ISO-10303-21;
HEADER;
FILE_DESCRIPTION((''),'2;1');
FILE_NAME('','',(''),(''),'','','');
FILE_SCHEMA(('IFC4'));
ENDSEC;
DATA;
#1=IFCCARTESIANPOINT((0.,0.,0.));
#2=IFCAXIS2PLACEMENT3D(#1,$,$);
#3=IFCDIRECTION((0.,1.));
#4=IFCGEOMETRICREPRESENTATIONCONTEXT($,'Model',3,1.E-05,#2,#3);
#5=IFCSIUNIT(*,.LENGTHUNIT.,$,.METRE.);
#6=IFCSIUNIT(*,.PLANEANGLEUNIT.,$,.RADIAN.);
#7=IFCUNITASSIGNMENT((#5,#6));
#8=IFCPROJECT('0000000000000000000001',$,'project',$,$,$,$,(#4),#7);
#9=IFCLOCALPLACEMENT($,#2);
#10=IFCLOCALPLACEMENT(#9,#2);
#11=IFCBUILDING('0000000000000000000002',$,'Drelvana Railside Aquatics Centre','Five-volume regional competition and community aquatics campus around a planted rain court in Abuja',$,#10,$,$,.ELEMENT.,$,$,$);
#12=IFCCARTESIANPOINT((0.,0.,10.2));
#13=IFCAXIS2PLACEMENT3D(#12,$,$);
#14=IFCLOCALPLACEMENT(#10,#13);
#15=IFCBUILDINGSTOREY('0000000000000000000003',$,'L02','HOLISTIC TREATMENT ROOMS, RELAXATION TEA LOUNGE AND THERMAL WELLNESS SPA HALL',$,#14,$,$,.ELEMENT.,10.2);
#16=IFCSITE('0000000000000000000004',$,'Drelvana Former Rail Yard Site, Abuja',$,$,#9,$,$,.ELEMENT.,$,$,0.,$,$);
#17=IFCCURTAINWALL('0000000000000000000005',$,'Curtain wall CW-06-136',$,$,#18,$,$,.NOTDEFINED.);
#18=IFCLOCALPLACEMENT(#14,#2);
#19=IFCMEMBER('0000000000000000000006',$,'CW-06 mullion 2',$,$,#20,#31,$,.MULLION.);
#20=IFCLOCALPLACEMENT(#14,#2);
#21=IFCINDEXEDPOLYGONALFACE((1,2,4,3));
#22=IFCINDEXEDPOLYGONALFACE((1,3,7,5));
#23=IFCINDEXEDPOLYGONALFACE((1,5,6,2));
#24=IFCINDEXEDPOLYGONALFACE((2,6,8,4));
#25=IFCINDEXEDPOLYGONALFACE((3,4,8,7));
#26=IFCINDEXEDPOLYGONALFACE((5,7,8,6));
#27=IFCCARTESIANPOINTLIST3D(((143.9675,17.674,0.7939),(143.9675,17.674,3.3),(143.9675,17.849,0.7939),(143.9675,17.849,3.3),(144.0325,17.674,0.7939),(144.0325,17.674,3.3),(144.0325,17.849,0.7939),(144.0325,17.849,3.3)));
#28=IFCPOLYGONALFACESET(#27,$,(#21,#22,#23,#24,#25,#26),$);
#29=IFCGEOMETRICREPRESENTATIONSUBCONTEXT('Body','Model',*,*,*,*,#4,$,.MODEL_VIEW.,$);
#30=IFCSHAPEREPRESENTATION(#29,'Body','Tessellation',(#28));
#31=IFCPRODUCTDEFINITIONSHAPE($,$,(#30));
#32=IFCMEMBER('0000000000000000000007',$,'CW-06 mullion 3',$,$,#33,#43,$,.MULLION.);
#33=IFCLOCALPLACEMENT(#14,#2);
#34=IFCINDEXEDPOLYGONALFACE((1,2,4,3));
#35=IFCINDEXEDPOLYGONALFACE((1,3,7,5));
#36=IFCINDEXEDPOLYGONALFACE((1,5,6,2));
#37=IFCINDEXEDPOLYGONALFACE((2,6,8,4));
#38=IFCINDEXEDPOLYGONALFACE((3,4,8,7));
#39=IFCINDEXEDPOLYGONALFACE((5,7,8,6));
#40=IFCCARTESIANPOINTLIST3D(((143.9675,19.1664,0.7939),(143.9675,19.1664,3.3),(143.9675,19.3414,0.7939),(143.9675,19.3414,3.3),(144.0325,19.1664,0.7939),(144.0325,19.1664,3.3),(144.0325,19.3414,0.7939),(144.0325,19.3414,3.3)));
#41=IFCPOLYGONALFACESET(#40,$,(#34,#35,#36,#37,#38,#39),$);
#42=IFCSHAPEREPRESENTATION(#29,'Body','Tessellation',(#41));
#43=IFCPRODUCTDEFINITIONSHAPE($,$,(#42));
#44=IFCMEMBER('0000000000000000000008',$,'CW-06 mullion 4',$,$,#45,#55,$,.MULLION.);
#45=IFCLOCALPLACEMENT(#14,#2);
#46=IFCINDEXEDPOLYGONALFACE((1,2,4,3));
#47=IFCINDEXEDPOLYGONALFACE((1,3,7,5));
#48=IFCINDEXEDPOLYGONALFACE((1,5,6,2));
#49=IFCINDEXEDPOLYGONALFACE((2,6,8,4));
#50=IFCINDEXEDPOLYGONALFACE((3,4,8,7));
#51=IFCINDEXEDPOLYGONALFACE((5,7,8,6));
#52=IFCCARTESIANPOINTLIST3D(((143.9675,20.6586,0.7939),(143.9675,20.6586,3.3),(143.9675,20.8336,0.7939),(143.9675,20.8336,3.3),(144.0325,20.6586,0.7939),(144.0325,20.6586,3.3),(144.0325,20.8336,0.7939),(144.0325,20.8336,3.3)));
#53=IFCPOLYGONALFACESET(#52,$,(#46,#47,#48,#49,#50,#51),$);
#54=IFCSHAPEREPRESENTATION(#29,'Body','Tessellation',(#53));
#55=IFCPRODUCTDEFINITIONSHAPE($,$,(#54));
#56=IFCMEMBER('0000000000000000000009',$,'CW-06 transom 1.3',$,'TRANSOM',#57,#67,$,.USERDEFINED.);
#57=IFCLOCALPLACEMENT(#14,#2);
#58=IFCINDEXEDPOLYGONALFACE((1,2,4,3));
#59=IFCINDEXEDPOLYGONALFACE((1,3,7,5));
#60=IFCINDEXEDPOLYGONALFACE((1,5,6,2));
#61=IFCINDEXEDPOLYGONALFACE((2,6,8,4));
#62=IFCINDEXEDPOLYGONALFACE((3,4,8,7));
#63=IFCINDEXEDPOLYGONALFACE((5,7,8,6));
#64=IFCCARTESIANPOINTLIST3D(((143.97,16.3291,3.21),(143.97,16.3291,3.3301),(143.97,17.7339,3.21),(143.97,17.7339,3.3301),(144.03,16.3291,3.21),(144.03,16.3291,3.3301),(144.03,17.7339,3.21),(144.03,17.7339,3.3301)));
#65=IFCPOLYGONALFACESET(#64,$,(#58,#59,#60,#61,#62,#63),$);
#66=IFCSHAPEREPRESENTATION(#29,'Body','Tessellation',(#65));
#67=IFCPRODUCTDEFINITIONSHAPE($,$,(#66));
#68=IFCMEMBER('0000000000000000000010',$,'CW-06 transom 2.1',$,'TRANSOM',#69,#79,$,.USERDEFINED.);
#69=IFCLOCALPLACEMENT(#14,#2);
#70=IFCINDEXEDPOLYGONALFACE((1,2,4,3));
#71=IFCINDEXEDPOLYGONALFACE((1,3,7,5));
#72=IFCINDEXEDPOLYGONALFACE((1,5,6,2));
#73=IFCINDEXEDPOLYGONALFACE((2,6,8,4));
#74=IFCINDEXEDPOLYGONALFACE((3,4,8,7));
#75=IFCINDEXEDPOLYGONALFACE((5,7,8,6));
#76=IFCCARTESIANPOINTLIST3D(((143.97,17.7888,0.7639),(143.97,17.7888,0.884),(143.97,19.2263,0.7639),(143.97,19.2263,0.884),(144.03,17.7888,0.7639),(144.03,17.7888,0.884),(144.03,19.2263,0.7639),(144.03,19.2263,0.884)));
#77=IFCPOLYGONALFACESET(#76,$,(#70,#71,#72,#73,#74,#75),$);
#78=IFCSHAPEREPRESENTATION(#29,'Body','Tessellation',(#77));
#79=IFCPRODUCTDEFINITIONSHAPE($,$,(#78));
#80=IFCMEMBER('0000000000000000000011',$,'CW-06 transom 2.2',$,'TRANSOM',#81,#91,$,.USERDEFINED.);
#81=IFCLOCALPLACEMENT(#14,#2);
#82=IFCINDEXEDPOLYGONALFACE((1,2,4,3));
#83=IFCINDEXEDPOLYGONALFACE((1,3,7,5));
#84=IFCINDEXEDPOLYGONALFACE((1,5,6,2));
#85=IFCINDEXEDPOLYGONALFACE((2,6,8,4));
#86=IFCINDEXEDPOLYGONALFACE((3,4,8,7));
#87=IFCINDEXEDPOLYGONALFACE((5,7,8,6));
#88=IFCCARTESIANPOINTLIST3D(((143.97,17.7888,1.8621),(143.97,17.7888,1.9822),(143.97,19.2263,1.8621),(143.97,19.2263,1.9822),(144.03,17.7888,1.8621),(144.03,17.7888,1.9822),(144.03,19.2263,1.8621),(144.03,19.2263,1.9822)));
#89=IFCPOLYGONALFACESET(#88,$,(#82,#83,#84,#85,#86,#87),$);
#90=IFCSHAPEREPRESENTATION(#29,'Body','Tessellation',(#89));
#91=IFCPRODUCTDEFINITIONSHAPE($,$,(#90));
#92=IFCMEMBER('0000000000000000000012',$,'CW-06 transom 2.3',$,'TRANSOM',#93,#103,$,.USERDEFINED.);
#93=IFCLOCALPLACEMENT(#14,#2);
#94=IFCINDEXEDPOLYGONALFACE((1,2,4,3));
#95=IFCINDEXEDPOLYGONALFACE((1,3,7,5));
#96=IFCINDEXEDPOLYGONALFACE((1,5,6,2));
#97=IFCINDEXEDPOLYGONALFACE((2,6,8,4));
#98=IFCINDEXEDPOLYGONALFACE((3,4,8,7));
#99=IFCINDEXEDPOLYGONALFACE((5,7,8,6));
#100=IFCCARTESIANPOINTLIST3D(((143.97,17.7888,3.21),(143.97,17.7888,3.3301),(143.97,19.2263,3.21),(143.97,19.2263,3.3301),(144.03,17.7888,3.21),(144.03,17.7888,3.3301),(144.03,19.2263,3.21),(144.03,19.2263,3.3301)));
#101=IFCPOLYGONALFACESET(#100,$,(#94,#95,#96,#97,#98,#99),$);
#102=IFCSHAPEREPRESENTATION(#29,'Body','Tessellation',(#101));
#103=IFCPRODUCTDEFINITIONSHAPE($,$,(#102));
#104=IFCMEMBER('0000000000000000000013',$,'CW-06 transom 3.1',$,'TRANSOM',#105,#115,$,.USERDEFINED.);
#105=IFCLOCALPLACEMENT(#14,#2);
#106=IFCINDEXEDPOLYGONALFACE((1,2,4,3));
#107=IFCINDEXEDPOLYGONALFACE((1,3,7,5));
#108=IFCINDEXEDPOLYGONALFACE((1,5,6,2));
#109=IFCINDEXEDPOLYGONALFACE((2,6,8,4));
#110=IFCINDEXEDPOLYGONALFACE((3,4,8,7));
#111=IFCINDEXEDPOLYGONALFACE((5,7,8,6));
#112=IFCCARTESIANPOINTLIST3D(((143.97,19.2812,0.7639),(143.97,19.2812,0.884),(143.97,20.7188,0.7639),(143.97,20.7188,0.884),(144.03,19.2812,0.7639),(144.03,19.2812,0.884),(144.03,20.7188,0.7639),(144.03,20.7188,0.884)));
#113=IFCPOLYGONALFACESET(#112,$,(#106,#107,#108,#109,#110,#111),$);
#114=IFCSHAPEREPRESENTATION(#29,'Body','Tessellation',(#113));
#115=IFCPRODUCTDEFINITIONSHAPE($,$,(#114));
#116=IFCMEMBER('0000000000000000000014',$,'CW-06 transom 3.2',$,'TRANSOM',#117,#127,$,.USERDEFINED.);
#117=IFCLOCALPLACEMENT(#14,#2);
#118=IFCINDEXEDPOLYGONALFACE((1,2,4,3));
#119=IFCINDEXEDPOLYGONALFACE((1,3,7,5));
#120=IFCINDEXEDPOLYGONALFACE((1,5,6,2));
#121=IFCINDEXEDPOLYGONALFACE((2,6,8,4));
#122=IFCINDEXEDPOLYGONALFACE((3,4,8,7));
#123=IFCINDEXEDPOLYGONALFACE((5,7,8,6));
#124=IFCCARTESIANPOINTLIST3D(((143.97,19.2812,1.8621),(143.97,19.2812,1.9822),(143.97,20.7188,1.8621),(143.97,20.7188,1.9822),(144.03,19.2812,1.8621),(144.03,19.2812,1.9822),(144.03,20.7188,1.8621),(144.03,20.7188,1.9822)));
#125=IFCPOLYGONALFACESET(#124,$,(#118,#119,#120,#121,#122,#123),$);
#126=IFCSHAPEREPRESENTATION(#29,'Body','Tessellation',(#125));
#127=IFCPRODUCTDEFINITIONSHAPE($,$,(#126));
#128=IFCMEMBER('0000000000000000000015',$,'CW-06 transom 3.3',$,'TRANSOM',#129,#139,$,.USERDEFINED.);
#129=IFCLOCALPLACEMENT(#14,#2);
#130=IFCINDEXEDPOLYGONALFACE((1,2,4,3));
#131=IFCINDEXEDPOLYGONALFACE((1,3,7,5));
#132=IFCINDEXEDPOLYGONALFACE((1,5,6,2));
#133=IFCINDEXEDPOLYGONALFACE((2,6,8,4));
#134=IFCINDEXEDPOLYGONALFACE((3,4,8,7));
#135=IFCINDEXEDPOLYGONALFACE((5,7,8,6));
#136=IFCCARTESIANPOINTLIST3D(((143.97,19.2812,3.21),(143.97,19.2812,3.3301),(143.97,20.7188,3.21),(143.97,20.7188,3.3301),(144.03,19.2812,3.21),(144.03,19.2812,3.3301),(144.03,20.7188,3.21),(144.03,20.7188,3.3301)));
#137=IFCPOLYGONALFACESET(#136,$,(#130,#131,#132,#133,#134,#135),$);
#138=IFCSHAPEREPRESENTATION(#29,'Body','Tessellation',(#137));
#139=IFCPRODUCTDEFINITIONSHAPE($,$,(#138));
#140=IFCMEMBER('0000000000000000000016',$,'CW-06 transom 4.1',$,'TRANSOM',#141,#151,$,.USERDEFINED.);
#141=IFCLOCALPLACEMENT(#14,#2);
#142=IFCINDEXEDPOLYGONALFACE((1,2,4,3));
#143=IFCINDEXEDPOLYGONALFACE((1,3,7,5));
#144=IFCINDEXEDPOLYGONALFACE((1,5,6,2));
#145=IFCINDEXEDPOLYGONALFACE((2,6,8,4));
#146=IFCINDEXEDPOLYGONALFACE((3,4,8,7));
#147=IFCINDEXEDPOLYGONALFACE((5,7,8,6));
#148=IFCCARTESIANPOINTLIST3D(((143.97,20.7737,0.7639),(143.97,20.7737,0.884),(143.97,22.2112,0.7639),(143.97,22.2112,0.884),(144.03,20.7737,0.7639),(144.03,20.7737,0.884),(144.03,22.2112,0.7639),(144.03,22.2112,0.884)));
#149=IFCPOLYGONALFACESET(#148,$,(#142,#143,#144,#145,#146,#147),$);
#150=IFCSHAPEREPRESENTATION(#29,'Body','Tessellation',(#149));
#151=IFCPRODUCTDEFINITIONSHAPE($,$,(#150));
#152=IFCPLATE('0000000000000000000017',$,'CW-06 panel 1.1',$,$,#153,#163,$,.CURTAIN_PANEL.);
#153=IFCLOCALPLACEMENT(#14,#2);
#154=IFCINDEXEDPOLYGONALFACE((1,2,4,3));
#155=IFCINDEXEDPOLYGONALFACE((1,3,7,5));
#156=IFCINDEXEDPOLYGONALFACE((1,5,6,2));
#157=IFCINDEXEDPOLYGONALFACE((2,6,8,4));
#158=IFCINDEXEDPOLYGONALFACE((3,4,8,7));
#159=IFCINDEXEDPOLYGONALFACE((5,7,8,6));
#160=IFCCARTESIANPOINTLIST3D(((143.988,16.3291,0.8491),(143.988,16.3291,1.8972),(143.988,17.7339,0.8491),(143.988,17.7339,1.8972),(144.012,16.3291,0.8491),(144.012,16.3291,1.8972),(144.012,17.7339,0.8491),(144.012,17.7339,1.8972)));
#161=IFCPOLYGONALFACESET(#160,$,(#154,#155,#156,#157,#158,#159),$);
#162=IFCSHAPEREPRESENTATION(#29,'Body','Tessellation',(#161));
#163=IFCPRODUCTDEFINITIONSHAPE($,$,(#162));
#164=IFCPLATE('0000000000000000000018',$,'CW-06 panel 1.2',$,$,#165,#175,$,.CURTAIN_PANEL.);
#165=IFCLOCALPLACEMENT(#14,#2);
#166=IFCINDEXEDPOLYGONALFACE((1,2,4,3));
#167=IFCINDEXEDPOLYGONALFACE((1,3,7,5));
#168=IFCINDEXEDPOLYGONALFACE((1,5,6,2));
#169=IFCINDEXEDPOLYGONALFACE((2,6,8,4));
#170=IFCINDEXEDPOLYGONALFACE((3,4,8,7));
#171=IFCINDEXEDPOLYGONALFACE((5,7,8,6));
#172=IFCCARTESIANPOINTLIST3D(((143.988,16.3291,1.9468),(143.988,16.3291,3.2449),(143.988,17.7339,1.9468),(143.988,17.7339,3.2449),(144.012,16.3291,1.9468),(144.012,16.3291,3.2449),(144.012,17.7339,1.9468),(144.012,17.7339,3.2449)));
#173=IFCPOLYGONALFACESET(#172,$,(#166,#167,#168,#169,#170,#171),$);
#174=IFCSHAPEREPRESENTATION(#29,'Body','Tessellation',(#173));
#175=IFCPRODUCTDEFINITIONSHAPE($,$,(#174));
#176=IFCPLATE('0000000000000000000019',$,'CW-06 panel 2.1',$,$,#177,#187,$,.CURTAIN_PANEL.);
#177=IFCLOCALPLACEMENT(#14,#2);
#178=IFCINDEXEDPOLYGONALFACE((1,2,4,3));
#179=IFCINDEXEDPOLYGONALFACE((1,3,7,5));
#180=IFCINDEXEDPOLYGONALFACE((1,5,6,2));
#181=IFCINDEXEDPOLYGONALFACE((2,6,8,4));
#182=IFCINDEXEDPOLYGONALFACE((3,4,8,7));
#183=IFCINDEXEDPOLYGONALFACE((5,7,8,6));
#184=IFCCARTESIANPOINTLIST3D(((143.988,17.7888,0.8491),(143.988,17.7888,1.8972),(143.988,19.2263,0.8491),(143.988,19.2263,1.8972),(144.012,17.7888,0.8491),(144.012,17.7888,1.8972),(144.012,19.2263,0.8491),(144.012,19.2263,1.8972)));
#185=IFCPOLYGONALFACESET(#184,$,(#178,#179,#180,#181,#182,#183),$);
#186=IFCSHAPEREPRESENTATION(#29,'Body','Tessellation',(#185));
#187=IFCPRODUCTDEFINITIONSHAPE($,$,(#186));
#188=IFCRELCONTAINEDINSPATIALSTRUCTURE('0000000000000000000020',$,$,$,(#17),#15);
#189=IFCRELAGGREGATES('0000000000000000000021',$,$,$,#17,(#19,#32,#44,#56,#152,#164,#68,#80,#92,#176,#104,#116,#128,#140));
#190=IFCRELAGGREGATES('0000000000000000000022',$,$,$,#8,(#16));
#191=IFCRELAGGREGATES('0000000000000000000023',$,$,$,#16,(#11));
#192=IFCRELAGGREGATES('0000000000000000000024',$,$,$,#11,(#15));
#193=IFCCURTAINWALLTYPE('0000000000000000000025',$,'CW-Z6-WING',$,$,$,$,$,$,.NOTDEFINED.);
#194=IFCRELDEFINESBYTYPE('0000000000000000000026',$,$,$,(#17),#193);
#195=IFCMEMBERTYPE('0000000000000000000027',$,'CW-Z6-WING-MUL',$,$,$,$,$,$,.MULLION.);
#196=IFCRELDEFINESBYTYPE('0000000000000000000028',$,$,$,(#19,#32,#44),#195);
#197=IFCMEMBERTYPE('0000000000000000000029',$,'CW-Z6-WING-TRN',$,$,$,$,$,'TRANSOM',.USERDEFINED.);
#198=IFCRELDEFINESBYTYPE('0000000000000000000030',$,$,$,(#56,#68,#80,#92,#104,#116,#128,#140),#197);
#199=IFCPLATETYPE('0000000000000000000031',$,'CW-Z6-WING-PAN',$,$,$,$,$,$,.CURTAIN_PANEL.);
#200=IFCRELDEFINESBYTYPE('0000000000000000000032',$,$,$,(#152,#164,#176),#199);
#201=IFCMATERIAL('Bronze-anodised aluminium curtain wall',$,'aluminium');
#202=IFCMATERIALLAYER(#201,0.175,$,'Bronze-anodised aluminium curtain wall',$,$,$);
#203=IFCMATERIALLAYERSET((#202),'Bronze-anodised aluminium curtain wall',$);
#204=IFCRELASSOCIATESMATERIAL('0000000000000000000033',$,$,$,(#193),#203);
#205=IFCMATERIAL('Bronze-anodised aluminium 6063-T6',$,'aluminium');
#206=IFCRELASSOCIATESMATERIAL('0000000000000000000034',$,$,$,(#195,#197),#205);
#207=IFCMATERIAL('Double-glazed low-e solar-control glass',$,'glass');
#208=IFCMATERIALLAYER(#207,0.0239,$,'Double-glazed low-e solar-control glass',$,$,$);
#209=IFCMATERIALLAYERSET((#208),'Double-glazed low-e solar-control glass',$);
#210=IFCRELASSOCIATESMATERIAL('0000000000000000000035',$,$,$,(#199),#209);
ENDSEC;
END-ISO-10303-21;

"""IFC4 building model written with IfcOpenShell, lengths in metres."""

from ifc_helpers import new_model, si_unit, direction, frame, origin, origin_2d, place, context, subcontext, project, spatial, rectangle, extrude, material, layer, layer_set, material_profile, profile_set, type_object, element, aggregate, save


model = new_model("IFC4")

# Units and contexts
model_context = context("Model", 3, precision=1e-05, world=origin(), true_north=direction((0.0, 1.0)))
body_context = subcontext(model_context, "Body", "Model", "MODEL_VIEW")
ifc_project = project(units=[si_unit("LENGTHUNIT", "METRE"), si_unit("PLANEANGLEUNIT", "RADIAN")], contexts=[model_context])

# Site, building, storey
site_placement = place(None, origin())
site = spatial("IfcSite", under=ifc_project, at=site_placement, Name="Drelvana Former Rail Yard Site, Abuja", CompositionType="ELEMENT", RefElevation=0.0)
building_placement = place(site_placement, origin())
building = spatial("IfcBuilding", under=site, at=building_placement, Name="Drelvana Railside Aquatics Centre", Description="Five-volume regional competition and community aquatics campus around a planted rain court in Abuja", CompositionType="ELEMENT")
storey_placement = place(building_placement, frame((0.0, 0.0, 10.2)))
storey = spatial("IfcBuildingStorey", under=building, at=storey_placement, Name="L02", Description="HOLISTIC TREATMENT ROOMS, RELAXATION TEA LOUNGE AND THERMAL WELLNESS SPA HALL", CompositionType="ELEMENT", Elevation=10.2)

# Curtain wall, members, plates
ifc_material_1 = material(Name="Bronze-anodised aluminium curtain wall", Category="aluminium")
ifc_layer_1 = layer(ifc_material_1, 0.175, Name="Bronze-anodised aluminium curtain wall")
ifc_layer_set_1 = layer_set([ifc_layer_1], Name="Bronze-anodised aluminium curtain wall")
curtain_wall_type = type_object("IfcCurtainWallType", Name="CW-Z6-WING", PredefinedType="NOTDEFINED", material=ifc_layer_set_1)
curtain_wall_placement = place(storey_placement, origin())
curtain_wall = element("IfcCurtainWall", 1, at=curtain_wall_placement, inside=storey, type_object=curtain_wall_type, Name="Curtain wall CW-06-136", PredefinedType="NOTDEFINED")
ifc_material_2 = material(Name="Bronze-anodised aluminium 6063-T6", Category="aluminium")
ifc_material_profile_1 = material_profile(ifc_material_2, rectangle(XDim=0.0649, YDim=0.175, at=origin_2d()), Name="ALU-M 65x175")
ifc_profile_set_1 = profile_set([ifc_material_profile_1], Name="Bronze-anodised aluminium 6063-T6")
member_type_1 = type_object("IfcMemberType", Name="CW-Z6-WING-MUL", PredefinedType="MULLION", material=ifc_profile_set_1)
member_1_placement = place(storey_placement, frame((144.0, 17.7615, 0.7939), z_axis=(0.0, 0.0, 1.0), x_axis=(-1.0, 0.0, 0.0)))
member_1 = element("IfcMember", 2, at=member_1_placement, type_object=member_type_1, Name="CW-06 mullion 2", PredefinedType="MULLION", context=body_context, shape_type="SweptSolid", body=[
    extrude(rectangle(XDim=0.0649, YDim=0.175, at=origin_2d()), origin(), (0.0, 0.0, 1.0), 2.5061),
])
member_2_placement = place(storey_placement, frame((144.0, 19.2539, 0.7939), z_axis=(0.0, 0.0, 1.0), x_axis=(-1.0, 0.0, 0.0)))
member_2 = element("IfcMember", 3, at=member_2_placement, type_object=member_type_1, Name="CW-06 mullion 3", PredefinedType="MULLION", context=body_context, shape_type="SweptSolid", body=[
    extrude(rectangle(XDim=0.0649, YDim=0.175, at=origin_2d()), origin(), (0.0, 0.0, 1.0), 2.5061),
])
member_3_placement = place(storey_placement, frame((144.0, 20.7461, 0.7939), z_axis=(0.0, 0.0, 1.0), x_axis=(-1.0, 0.0, 0.0)))
member_3 = element("IfcMember", 4, at=member_3_placement, type_object=member_type_1, Name="CW-06 mullion 4", PredefinedType="MULLION", context=body_context, shape_type="SweptSolid", body=[
    extrude(rectangle(XDim=0.0649, YDim=0.175, at=origin_2d()), origin(), (0.0, 0.0, 1.0), 2.5061),
])
ifc_material_profile_2 = material_profile(ifc_material_2, rectangle(XDim=0.1201, YDim=0.0601, at=origin_2d()), Name="ALU-T 60x120")
ifc_profile_set_2 = profile_set([ifc_material_profile_2], Name="Bronze-anodised aluminium 6063-T6")
member_type_2 = type_object("IfcMemberType", Name="CW-Z6-WING-TRN", ElementType="TRANSOM", PredefinedType="USERDEFINED", material=ifc_profile_set_2)
member_4_placement = place(storey_placement, frame((144.0, 16.3291, 3.27), z_axis=(0.0, 1.0, 0.0), x_axis=(0.0, 0.0, 1.0)))
member_4 = element("IfcMember", 5, at=member_4_placement, type_object=member_type_2, Name="CW-06 transom 1.3", ObjectType="TRANSOM", PredefinedType="USERDEFINED", context=body_context, shape_type="SweptSolid", body=[
    extrude(rectangle(XDim=0.1201, YDim=0.0601, at=origin_2d()), origin(), (0.0, 0.0, 1.0), 1.4048),
])
member_5_placement = place(storey_placement, frame((144.0, 17.7888, 0.824), z_axis=(0.0, 1.0, 0.0), x_axis=(0.0, 0.0, 1.0)))
member_5 = element("IfcMember", 6, at=member_5_placement, type_object=member_type_2, Name="CW-06 transom 2.1", ObjectType="TRANSOM", PredefinedType="USERDEFINED", context=body_context, shape_type="SweptSolid", body=[
    extrude(rectangle(XDim=0.1201, YDim=0.0601, at=origin_2d()), origin(), (0.0, 0.0, 1.0), 1.4375),
])
member_6_placement = place(storey_placement, frame((144.0, 17.7888, 1.9221), z_axis=(0.0, 1.0, 0.0), x_axis=(0.0, 0.0, 1.0)))
member_6 = element("IfcMember", 7, at=member_6_placement, type_object=member_type_2, Name="CW-06 transom 2.2", ObjectType="TRANSOM", PredefinedType="USERDEFINED", context=body_context, shape_type="SweptSolid", body=[
    extrude(rectangle(XDim=0.1201, YDim=0.0601, at=origin_2d()), origin(), (0.0, 0.0, 1.0), 1.4375),
])
member_7_placement = place(storey_placement, frame((144.0, 17.7888, 3.27), z_axis=(0.0, 1.0, 0.0), x_axis=(0.0, 0.0, 1.0)))
member_7 = element("IfcMember", 8, at=member_7_placement, type_object=member_type_2, Name="CW-06 transom 2.3", ObjectType="TRANSOM", PredefinedType="USERDEFINED", context=body_context, shape_type="SweptSolid", body=[
    extrude(rectangle(XDim=0.1201, YDim=0.0601, at=origin_2d()), origin(), (0.0, 0.0, 1.0), 1.4375),
])
member_8_placement = place(storey_placement, frame((144.0, 19.2812, 0.824), z_axis=(0.0, 1.0, 0.0), x_axis=(0.0, 0.0, 1.0)))
member_8 = element("IfcMember", 9, at=member_8_placement, type_object=member_type_2, Name="CW-06 transom 3.1", ObjectType="TRANSOM", PredefinedType="USERDEFINED", context=body_context, shape_type="SweptSolid", body=[
    extrude(rectangle(XDim=0.1201, YDim=0.0601, at=origin_2d()), origin(), (0.0, 0.0, 1.0), 1.4375),
])
member_9_placement = place(storey_placement, frame((144.0, 19.2812, 1.9221), z_axis=(0.0, 1.0, 0.0), x_axis=(0.0, 0.0, 1.0)))
member_9 = element("IfcMember", 10, at=member_9_placement, type_object=member_type_2, Name="CW-06 transom 3.2", ObjectType="TRANSOM", PredefinedType="USERDEFINED", context=body_context, shape_type="SweptSolid", body=[
    extrude(rectangle(XDim=0.1201, YDim=0.0601, at=origin_2d()), origin(), (0.0, 0.0, 1.0), 1.4375),
])
member_10_placement = place(storey_placement, frame((144.0, 19.2812, 3.27), z_axis=(0.0, 1.0, 0.0), x_axis=(0.0, 0.0, 1.0)))
member_10 = element("IfcMember", 11, at=member_10_placement, type_object=member_type_2, Name="CW-06 transom 3.3", ObjectType="TRANSOM", PredefinedType="USERDEFINED", context=body_context, shape_type="SweptSolid", body=[
    extrude(rectangle(XDim=0.1201, YDim=0.0601, at=origin_2d()), origin(), (0.0, 0.0, 1.0), 1.4375),
])
member_11_placement = place(storey_placement, frame((144.0, 20.7737, 0.824), z_axis=(0.0, 1.0, 0.0), x_axis=(0.0, 0.0, 1.0)))
member_11 = element("IfcMember", 12, at=member_11_placement, type_object=member_type_2, Name="CW-06 transom 4.1", ObjectType="TRANSOM", PredefinedType="USERDEFINED", context=body_context, shape_type="SweptSolid", body=[
    extrude(rectangle(XDim=0.1201, YDim=0.0601, at=origin_2d()), origin(), (0.0, 0.0, 1.0), 1.4375),
])
ifc_material_3 = material(Name="Double-glazed low-e solar-control glass", Category="glass")
ifc_layer_2 = layer(ifc_material_3, 0.0239, Name="Double-glazed low-e solar-control glass")
ifc_layer_set_2 = layer_set([ifc_layer_2], Name="Double-glazed low-e solar-control glass")
plate_type = type_object("IfcPlateType", Name="CW-Z6-WING-PAN", PredefinedType="CURTAIN_PANEL", material=ifc_layer_set_2)
plate_1_placement = place(storey_placement, frame((144.0, 17.0315, 0.8491), z_axis=(0.0, 0.0, 1.0), x_axis=(0.0, 1.0, 0.0)))
plate_1 = element("IfcPlate", 13, at=plate_1_placement, type_object=plate_type, Name="CW-06 panel 1.1", PredefinedType="CURTAIN_PANEL", context=body_context, shape_type="SweptSolid", body=[
    extrude(rectangle(XDim=1.4048, YDim=0.0239, at=origin_2d()), origin(), (0.0, 0.0, 1.0), 1.0481),
])
plate_2_placement = place(storey_placement, frame((144.0, 17.0315, 1.9468), z_axis=(0.0, 0.0, 1.0), x_axis=(0.0, 1.0, 0.0)))
plate_2 = element("IfcPlate", 14, at=plate_2_placement, type_object=plate_type, Name="CW-06 panel 1.2", PredefinedType="CURTAIN_PANEL", context=body_context, shape_type="SweptSolid", body=[
    extrude(rectangle(XDim=1.4048, YDim=0.0239, at=origin_2d()), origin(), (0.0, 0.0, 1.0), 1.2981),
])
plate_3_placement = place(storey_placement, frame((144.0, 18.5076, 0.8491), z_axis=(0.0, 0.0, 1.0), x_axis=(0.0, 1.0, 0.0)))
plate_3 = element("IfcPlate", 15, at=plate_3_placement, type_object=plate_type, Name="CW-06 panel 2.1", PredefinedType="CURTAIN_PANEL", context=body_context, shape_type="SweptSolid", body=[
    extrude(rectangle(XDim=1.4375, YDim=0.0239, at=origin_2d()), origin(), (0.0, 0.0, 1.0), 1.0481),
])
aggregate(curtain_wall, [member_1, member_2, member_3, member_4, plate_1, plate_2, member_5, member_6, member_7, plate_3, member_8, member_9, member_10, member_11])

save(model, "model.ifc")
